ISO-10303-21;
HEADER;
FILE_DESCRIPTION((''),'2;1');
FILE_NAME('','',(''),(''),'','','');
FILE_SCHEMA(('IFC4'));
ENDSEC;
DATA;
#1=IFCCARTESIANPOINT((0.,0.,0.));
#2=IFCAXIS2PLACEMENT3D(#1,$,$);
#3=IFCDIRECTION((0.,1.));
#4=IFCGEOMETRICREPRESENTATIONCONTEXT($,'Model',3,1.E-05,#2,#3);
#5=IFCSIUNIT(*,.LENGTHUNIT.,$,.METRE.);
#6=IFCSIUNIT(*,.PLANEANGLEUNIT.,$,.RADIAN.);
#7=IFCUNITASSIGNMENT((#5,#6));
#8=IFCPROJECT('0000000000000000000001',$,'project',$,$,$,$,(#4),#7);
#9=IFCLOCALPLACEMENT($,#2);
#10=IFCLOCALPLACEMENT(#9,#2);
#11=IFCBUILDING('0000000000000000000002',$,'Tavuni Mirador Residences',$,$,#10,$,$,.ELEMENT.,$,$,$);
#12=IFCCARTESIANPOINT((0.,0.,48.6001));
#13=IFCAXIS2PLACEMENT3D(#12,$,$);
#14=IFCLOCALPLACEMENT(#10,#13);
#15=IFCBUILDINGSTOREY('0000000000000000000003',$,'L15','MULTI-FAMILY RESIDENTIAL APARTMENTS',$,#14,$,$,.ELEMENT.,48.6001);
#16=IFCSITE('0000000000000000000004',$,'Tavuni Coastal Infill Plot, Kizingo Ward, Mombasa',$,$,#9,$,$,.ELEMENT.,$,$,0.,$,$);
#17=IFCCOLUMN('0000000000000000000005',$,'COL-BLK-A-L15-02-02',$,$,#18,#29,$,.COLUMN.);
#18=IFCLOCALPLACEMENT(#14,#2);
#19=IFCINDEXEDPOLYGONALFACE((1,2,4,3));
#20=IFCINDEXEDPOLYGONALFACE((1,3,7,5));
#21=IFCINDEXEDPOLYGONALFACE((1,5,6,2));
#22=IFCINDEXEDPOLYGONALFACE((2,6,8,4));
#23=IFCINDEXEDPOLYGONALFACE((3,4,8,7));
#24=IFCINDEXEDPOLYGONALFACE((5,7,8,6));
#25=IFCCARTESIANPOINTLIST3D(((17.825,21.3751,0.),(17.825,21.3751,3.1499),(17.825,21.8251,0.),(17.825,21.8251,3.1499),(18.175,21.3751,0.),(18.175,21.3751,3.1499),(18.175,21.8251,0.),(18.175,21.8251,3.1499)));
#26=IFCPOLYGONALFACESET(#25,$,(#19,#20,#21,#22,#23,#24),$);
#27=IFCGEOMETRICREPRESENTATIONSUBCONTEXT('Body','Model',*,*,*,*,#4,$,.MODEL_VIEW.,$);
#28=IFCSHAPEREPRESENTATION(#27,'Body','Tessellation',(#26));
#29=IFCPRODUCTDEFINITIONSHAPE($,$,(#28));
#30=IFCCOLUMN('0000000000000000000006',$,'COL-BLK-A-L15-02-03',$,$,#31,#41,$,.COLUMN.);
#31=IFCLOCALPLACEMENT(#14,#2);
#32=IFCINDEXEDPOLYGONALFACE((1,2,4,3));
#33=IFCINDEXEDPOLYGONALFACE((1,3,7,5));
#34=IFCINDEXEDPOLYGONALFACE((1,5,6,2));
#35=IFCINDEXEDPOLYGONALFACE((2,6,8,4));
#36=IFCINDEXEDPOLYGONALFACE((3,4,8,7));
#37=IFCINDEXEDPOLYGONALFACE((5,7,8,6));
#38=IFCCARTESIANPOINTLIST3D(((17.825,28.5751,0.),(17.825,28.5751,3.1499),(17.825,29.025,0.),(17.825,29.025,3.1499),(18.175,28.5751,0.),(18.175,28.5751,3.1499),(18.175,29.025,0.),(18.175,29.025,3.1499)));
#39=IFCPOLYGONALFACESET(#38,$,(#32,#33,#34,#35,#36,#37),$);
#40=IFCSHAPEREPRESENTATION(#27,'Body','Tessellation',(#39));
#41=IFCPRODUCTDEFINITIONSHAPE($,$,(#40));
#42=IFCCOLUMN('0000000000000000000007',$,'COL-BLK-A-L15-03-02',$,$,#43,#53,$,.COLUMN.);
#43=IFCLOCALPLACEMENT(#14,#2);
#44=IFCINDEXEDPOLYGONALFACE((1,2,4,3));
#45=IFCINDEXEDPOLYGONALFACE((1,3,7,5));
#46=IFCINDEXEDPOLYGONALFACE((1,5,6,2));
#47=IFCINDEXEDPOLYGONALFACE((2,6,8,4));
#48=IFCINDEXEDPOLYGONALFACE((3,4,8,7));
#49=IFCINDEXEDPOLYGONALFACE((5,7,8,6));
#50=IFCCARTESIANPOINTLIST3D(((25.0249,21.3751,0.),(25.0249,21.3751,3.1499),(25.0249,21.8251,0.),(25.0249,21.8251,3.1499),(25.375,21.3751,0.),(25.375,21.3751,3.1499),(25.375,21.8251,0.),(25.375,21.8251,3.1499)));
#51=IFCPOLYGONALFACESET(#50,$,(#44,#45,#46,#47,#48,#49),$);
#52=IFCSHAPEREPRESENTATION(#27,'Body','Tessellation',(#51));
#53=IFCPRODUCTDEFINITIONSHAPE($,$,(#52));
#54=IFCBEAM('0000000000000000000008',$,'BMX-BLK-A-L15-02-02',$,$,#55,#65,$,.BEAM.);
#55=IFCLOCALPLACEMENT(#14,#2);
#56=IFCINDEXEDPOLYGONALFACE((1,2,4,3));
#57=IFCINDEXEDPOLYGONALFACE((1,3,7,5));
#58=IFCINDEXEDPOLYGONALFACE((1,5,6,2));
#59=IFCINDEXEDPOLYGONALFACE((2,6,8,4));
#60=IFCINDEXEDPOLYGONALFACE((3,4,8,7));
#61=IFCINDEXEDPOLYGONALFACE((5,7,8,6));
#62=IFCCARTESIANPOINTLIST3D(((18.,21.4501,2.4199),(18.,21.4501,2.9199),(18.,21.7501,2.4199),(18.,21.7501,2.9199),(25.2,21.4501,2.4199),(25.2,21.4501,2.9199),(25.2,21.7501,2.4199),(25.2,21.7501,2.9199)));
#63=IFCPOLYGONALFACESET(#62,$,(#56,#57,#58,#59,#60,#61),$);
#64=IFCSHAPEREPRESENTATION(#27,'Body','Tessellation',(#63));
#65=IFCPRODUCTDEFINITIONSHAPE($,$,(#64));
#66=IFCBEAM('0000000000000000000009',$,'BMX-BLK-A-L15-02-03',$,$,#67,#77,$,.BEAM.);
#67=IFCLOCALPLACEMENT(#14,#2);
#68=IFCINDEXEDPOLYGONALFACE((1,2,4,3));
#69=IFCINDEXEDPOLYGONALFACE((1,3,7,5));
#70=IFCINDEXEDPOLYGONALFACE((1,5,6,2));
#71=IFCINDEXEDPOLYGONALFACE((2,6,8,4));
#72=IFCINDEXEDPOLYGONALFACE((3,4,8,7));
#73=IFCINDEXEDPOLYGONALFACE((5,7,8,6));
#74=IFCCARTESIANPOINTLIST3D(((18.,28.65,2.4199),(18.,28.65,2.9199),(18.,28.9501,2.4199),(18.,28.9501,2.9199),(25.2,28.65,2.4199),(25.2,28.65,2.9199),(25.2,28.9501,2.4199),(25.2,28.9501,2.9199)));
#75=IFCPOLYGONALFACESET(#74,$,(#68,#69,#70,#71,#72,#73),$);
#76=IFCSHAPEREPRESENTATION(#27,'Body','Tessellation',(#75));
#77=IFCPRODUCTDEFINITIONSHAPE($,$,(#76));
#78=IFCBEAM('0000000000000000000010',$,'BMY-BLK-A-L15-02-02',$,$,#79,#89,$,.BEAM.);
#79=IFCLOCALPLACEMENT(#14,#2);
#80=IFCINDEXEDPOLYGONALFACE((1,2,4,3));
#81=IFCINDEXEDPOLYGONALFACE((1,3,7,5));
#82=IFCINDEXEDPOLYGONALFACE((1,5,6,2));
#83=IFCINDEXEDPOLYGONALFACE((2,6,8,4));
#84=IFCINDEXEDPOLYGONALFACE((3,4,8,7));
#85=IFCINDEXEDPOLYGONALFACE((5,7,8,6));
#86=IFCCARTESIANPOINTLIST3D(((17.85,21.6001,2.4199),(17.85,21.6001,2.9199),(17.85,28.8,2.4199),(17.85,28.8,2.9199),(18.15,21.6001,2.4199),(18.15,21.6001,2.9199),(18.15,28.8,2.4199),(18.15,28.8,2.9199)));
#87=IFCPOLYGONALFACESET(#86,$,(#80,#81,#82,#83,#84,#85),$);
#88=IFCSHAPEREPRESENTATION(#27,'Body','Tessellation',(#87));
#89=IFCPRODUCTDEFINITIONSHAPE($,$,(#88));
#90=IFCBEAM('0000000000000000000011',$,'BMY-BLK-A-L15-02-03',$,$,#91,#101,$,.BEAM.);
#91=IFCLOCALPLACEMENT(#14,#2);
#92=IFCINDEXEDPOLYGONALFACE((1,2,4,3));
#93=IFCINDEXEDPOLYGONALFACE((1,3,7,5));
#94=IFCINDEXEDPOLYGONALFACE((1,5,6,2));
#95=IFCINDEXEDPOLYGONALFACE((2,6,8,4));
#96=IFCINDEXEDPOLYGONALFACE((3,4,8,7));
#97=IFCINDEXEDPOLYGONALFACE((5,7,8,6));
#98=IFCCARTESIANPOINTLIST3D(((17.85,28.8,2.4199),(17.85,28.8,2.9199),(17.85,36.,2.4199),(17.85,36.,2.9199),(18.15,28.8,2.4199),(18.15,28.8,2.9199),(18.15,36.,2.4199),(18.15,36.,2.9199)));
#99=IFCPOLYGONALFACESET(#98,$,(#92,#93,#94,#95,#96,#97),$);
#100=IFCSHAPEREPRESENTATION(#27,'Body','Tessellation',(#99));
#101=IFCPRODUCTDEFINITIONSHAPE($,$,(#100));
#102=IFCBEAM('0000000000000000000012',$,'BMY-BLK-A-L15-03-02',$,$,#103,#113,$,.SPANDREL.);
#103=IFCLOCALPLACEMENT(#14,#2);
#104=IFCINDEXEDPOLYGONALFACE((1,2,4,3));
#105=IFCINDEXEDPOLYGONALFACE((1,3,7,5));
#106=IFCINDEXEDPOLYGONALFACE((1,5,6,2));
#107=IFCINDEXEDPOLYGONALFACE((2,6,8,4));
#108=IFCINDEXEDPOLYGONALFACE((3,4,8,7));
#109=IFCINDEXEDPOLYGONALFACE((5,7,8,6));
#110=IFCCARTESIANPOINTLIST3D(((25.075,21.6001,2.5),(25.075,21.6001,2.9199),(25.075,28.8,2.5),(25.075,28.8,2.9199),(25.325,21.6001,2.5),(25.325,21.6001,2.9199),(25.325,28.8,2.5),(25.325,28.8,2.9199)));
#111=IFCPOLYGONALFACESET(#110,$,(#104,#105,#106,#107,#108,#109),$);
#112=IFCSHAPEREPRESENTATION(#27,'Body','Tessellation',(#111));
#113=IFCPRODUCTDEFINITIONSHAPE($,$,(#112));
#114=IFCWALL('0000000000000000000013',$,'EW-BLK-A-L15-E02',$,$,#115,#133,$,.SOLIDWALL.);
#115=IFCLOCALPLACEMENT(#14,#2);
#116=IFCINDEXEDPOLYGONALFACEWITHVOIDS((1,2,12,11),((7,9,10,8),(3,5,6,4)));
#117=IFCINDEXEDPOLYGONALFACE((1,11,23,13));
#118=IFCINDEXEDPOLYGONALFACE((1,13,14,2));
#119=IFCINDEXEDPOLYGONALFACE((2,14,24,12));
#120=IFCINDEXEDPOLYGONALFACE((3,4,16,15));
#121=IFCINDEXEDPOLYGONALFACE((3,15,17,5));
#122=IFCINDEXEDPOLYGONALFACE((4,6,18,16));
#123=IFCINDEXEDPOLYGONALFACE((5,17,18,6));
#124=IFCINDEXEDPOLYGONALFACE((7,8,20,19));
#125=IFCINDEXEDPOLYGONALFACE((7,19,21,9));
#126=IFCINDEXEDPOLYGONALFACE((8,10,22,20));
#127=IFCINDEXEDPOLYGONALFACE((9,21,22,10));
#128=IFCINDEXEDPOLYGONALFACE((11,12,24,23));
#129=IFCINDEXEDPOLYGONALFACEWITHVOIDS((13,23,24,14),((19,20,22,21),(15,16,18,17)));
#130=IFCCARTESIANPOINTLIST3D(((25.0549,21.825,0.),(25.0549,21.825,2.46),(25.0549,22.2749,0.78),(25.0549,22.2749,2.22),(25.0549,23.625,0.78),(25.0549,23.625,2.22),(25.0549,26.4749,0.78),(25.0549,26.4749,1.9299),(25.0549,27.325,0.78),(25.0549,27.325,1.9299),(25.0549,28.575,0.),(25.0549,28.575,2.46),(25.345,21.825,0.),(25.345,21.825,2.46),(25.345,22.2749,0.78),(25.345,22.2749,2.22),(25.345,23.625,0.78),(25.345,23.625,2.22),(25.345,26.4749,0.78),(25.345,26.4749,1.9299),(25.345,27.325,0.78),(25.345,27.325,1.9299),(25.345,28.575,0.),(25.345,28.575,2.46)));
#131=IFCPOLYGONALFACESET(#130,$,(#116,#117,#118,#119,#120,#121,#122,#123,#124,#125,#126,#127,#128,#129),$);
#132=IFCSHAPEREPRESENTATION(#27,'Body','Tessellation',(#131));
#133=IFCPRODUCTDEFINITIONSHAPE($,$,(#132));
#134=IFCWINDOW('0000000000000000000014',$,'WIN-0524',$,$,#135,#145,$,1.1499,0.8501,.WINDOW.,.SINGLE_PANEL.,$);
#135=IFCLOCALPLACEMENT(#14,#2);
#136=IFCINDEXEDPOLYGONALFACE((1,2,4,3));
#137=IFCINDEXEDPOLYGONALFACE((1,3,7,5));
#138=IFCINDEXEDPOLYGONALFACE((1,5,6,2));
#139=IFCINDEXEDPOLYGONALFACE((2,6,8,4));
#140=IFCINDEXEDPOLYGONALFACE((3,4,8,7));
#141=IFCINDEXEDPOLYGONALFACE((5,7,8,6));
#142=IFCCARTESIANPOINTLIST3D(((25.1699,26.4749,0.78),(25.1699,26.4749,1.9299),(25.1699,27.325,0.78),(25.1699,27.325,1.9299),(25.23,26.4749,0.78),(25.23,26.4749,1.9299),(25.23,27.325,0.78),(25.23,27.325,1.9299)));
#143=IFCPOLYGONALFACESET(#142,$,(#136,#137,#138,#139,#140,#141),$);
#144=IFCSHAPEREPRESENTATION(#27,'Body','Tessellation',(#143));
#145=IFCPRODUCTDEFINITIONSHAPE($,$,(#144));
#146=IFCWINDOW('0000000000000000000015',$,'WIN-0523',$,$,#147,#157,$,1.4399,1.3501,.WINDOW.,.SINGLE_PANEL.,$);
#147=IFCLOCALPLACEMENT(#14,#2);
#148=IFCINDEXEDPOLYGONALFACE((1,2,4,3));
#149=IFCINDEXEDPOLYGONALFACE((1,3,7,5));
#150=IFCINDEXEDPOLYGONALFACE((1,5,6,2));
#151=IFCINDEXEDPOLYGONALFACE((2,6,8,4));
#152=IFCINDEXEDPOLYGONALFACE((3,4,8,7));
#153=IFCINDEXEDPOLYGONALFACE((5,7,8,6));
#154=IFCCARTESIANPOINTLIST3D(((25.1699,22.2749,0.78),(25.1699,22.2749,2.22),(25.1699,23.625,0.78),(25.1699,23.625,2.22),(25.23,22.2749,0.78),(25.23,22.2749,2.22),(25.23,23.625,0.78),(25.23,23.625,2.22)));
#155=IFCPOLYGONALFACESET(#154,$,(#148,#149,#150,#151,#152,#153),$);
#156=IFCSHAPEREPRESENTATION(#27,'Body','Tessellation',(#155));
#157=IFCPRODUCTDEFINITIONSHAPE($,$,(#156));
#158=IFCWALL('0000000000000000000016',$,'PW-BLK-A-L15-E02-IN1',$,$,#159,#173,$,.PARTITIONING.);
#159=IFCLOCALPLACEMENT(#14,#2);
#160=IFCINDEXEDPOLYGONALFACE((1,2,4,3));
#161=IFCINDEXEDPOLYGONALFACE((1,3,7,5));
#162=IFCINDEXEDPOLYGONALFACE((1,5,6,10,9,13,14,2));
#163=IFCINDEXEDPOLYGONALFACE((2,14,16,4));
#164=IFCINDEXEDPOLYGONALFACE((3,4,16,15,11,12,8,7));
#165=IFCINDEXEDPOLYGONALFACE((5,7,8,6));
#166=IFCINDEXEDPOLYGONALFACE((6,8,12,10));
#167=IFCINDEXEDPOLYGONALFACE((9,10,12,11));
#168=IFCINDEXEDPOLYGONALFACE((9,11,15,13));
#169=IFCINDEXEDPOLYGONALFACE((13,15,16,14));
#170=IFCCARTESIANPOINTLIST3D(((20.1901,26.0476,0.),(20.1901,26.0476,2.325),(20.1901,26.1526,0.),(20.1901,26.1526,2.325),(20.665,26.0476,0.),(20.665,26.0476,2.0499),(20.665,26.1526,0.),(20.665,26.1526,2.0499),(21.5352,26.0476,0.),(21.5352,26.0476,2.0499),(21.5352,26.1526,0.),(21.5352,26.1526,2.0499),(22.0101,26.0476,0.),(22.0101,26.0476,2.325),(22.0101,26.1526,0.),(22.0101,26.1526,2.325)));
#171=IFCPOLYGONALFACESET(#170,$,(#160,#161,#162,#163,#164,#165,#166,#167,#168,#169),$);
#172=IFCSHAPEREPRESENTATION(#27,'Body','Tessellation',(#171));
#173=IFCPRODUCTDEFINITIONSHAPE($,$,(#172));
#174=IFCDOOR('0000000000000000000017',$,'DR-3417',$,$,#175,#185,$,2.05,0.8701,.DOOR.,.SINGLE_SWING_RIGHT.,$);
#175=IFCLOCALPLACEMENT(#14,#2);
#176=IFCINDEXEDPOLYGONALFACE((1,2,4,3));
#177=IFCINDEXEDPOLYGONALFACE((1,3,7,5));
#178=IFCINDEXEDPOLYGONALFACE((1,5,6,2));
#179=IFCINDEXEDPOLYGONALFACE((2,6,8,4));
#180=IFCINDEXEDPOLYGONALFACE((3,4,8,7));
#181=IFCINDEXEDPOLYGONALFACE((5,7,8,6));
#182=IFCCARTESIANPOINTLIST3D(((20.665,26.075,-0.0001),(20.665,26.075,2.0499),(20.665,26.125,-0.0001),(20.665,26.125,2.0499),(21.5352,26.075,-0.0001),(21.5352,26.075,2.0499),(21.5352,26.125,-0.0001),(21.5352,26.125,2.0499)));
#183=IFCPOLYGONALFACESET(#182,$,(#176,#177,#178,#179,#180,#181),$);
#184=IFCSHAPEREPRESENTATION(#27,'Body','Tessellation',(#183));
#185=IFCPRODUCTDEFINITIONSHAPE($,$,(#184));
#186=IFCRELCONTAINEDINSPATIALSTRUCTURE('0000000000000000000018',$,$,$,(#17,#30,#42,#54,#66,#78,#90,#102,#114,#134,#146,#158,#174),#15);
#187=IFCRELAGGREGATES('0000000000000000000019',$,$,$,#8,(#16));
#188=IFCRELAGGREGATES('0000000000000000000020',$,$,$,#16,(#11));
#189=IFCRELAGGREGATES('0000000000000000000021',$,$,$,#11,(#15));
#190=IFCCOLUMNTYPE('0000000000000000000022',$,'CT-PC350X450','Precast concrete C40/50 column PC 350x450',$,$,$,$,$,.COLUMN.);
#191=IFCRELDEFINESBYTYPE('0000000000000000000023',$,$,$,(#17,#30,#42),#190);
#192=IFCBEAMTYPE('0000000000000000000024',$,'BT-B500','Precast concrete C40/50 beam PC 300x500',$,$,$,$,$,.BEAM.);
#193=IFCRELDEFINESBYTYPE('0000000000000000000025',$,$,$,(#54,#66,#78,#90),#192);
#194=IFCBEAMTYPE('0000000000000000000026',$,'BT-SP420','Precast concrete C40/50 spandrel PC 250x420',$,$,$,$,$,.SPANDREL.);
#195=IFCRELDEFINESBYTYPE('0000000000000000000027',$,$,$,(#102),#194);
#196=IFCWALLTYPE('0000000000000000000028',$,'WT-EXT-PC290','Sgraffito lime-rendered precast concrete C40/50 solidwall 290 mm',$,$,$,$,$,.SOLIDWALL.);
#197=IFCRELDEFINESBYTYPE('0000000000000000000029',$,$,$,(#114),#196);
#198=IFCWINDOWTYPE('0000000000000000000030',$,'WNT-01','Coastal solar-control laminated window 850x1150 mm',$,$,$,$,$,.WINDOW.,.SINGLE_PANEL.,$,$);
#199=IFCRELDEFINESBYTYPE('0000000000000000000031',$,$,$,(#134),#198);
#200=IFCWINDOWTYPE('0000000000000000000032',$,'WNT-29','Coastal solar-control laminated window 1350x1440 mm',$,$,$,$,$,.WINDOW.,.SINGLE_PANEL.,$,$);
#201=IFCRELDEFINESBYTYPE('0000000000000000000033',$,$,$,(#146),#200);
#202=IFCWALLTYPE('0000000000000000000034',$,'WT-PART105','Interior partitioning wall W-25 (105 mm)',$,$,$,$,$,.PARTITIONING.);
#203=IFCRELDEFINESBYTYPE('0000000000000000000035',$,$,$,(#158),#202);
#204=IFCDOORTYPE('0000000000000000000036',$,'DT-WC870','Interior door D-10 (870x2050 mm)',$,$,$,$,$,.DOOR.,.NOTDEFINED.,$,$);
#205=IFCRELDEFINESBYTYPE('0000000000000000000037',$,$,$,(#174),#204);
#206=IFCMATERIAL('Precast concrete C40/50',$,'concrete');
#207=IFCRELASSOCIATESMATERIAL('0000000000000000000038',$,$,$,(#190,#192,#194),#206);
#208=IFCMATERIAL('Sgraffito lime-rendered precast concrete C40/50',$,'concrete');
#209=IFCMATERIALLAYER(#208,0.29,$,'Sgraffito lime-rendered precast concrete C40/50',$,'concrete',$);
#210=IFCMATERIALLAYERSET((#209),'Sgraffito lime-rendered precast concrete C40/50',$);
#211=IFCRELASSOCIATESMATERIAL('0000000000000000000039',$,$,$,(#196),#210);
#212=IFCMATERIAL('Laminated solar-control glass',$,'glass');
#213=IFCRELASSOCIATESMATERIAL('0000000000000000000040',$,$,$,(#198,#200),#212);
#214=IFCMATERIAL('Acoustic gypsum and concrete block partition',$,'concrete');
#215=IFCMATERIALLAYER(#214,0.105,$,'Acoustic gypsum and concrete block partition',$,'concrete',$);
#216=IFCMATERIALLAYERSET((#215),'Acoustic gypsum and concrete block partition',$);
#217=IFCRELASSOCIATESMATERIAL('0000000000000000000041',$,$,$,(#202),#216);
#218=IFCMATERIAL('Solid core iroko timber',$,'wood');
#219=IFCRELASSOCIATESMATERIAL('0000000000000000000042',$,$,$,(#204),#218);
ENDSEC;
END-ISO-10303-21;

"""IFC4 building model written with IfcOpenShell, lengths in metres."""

from ifc_helpers import new_model, si_unit, direction, frame, frame_2d, origin, origin_2d, place, context, subcontext, project, spatial, rectangle, extrude, material, layer, layer_set, material_profile, profile_set, type_object, element, fill, save


model = new_model("IFC4")

# Units and contexts
model_context = context("Model", 3, precision=1e-05, world=origin(), true_north=direction((0.0, 1.0)))
body_context = subcontext(model_context, "Body", "Model", "MODEL_VIEW")
ifc_project = project(units=[si_unit("LENGTHUNIT", "METRE"), si_unit("PLANEANGLEUNIT", "RADIAN")], contexts=[model_context])

# Site, building, storey
site_placement = place(None, origin())
site = spatial("IfcSite", under=ifc_project, at=site_placement, Name="Tavuni Coastal Infill Plot, Kizingo Ward, Mombasa", CompositionType="ELEMENT", RefElevation=0.0)
building_placement = place(site_placement, origin())
building = spatial("IfcBuilding", under=site, at=building_placement, Name="Tavuni Mirador Residences", CompositionType="ELEMENT")
storey_placement = place(building_placement, frame((0.0, 0.0, 48.6001)))
storey = spatial("IfcBuildingStorey", under=building, at=storey_placement, Name="L15", Description="MULTI-FAMILY RESIDENTIAL APARTMENTS", CompositionType="ELEMENT", Elevation=48.6001)

# Columns
ifc_material_1 = material(Name="Precast concrete C40/50", Category="concrete")
ifc_material_profile_1 = material_profile(ifc_material_1, rectangle(XDim=0.3501, YDim=0.45, at=origin_2d()), Name="PC 350x450", Category="concrete")
ifc_profile_set_1 = profile_set([ifc_material_profile_1], Name="Precast concrete C40/50")
column_type = type_object("IfcColumnType", Name="CT-PC350X450", Description="Precast concrete C40/50 column PC 350x450", PredefinedType="COLUMN", material=ifc_profile_set_1)
for number, where, z_axis, x_axis, name in (
    (1, (18.0, 21.6001, 0.0), (0.0, 0.0, 1.0), (1.0, 0.0, 0.0), "COL-BLK-A-L15-02-02"),
    (2, (18.0, 28.8, 0.0), (0.0, 0.0, 1.0), (1.0, 0.0, 0.0), "COL-BLK-A-L15-02-03"),
    (3, (25.2, 21.6001, 0.0), (0.0, 0.0, 1.0), (1.0, 0.0, 0.0), "COL-BLK-A-L15-03-02"),
):
    element("IfcColumn", number, at=place(storey_placement, frame(where, z_axis=z_axis, x_axis=x_axis)), inside=storey, type_object=column_type, Name=name, PredefinedType="COLUMN", context=body_context, shape_type="SweptSolid", body=[
        extrude(rectangle(XDim=0.3501, YDim=0.45, at=origin_2d()), origin(), (0.0, 0.0, 1.0), 3.1499),
    ])

# Beams
ifc_material_profile_2 = material_profile(ifc_material_1, rectangle(XDim=0.3, YDim=0.5, at=origin_2d()), Name="PC 300x500", Category="concrete")
ifc_profile_set_2 = profile_set([ifc_material_profile_2], Name="Precast concrete C40/50")
beam_type_1 = type_object("IfcBeamType", Name="BT-B500", Description="Precast concrete C40/50 beam PC 300x500", PredefinedType="BEAM", material=ifc_profile_set_2)
for number, where, z_axis, x_axis, name in (
    (4, (18.0, 21.6001, 2.6699), (1.0, 0.0, 0.0), (0.0, 1.0, 0.0), "BMX-BLK-A-L15-02-02"),
    (5, (18.0, 28.8, 2.6699), (1.0, 0.0, 0.0), (0.0, 1.0, 0.0), "BMX-BLK-A-L15-02-03"),
    (6, (18.0, 21.6001, 2.6699), (0.0, 1.0, 0.0), (-1.0, 0.0, 0.0), "BMY-BLK-A-L15-02-02"),
    (7, (18.0, 28.8, 2.6699), (0.0, 1.0, 0.0), (-1.0, 0.0, 0.0), "BMY-BLK-A-L15-02-03"),
):
    element("IfcBeam", number, at=place(storey_placement, frame(where, z_axis=z_axis, x_axis=x_axis)), inside=storey, type_object=beam_type_1, Name=name, PredefinedType="BEAM", context=body_context, shape_type="SweptSolid", body=[
        extrude(rectangle(XDim=0.3, YDim=0.5, at=origin_2d()), origin(), (0.0, 0.0, 1.0), 7.2),
    ])
ifc_material_profile_3 = material_profile(ifc_material_1, rectangle(XDim=0.25, YDim=0.4199, at=origin_2d()), Name="PC 250x420", Category="concrete")
ifc_profile_set_3 = profile_set([ifc_material_profile_3], Name="Precast concrete C40/50")
beam_type_2 = type_object("IfcBeamType", Name="BT-SP420", Description="Precast concrete C40/50 spandrel PC 250x420", PredefinedType="SPANDREL", material=ifc_profile_set_3)
beam_placement = place(storey_placement, frame((25.2, 21.6001, 2.71), z_axis=(0.0, 1.0, 0.0), x_axis=(-1.0, 0.0, 0.0)))
element("IfcBeam", 8, at=beam_placement, inside=storey, type_object=beam_type_2, Name="BMY-BLK-A-L15-03-02", PredefinedType="SPANDREL", context=body_context, shape_type="SweptSolid", body=[
    extrude(rectangle(XDim=0.25, YDim=0.4199, at=origin_2d()), origin(), (0.0, 0.0, 1.0), 7.2),
])

# Shared definitions
ifc_material_2 = material(Name="Solid core iroko timber", Category="wood")

# Wall, openings, windows
ifc_material_3 = material(Name="Sgraffito lime-rendered precast concrete C40/50", Category="concrete")
ifc_layer_1 = layer(ifc_material_3, 0.29, Name="Sgraffito lime-rendered precast concrete C40/50", Category="concrete")
ifc_layer_set_1 = layer_set([ifc_layer_1], Name="Sgraffito lime-rendered precast concrete C40/50")
wall_type_1 = type_object("IfcWallType", Name="WT-EXT-PC290", Description="Sgraffito lime-rendered precast concrete C40/50 solidwall 290 mm", PredefinedType="SOLIDWALL", material=ifc_layer_set_1)
wall_1_placement = place(storey_placement, frame((25.2, 21.825, 0.0), z_axis=(0.0, 0.0, 1.0), x_axis=(0.0, 1.0, 0.0)))
wall_1 = element("IfcWall", 9, at=wall_1_placement, inside=storey, type_object=wall_type_1, Name="EW-BLK-A-L15-E02", PredefinedType="SOLIDWALL", context=body_context, shape_type="SweptSolid", body=[
    extrude(rectangle(XDim=6.75, YDim=0.29, at=frame_2d((3.375, 0.0))), origin(), (0.0, 0.0, 1.0), 2.46),
])
opening_1_placement = place(wall_1_placement, frame((0.45, 0.0, 0.78)))
opening_1 = element("IfcOpeningElement", 10, at=opening_1_placement, cuts=wall_1, PredefinedType="OPENING", context=body_context, shape_type="SweptSolid", body=[
    extrude(rectangle(XDim=1.3501, YDim=1.4399, at=frame_2d((0.675, 0.72))), frame((0.0, 0.155, 0.0), z_axis=(0.0, -1.0, 0.0), x_axis=(1.0, 0.0, 0.0)), (0.0, 0.0, 1.0), 0.3101),
])
opening_2_placement = place(wall_1_placement, frame((4.6499, 0.0, 0.78)))
opening_2 = element("IfcOpeningElement", 11, at=opening_2_placement, cuts=wall_1, PredefinedType="OPENING", context=body_context, shape_type="SweptSolid", body=[
    extrude(rectangle(XDim=0.8501, YDim=1.1499, at=frame_2d((0.425, 0.575))), frame((0.0, 0.155, 0.0), z_axis=(0.0, -1.0, 0.0), x_axis=(1.0, 0.0, 0.0)), (0.0, 0.0, 1.0), 0.3101),
])
ifc_material_4 = material(Name="Laminated solar-control glass", Category="glass")
window_type_1 = type_object("IfcWindowType", Name="WNT-01", Description="Coastal solar-control laminated window 850x1150 mm", PartitioningType="SINGLE_PANEL", PredefinedType="WINDOW", material=ifc_material_4)
window_1_placement = place(opening_2_placement, origin())
window_1 = element("IfcWindow", 12, at=window_1_placement, inside=storey, type_object=window_type_1, Name="WIN-0524", OverallHeight=1.1499, OverallWidth=0.8501, PartitioningType="SINGLE_PANEL", PredefinedType="WINDOW", context=body_context, shape_type="SweptSolid", body=[
    extrude(rectangle(XDim=0.8501, YDim=1.1499, at=frame_2d((0.425, 0.575))), frame((0.0, 0.03, 0.0), z_axis=(0.0, -1.0, 0.0), x_axis=(1.0, 0.0, 0.0)), (0.0, 0.0, 1.0), 0.0601),
])
fill(opening_2, window_1)
window_type_2 = type_object("IfcWindowType", Name="WNT-29", Description="Coastal solar-control laminated window 1350x1440 mm", PartitioningType="SINGLE_PANEL", PredefinedType="WINDOW", material=ifc_material_4)
window_2_placement = place(opening_1_placement, origin())
window_2 = element("IfcWindow", 13, at=window_2_placement, inside=storey, type_object=window_type_2, Name="WIN-0523", OverallHeight=1.4399, OverallWidth=1.3501, PartitioningType="SINGLE_PANEL", PredefinedType="WINDOW", context=body_context, shape_type="SweptSolid", body=[
    extrude(rectangle(XDim=1.3501, YDim=1.4399, at=frame_2d((0.675, 0.72))), frame((0.0, 0.03, 0.0), z_axis=(0.0, -1.0, 0.0), x_axis=(1.0, 0.0, 0.0)), (0.0, 0.0, 1.0), 0.0601),
])
fill(opening_1, window_2)

# Wall, opening, door
ifc_material_5 = material(Name="Acoustic gypsum and concrete block partition", Category="concrete")
ifc_layer_2 = layer(ifc_material_5, 0.105, Name="Acoustic gypsum and concrete block partition", Category="concrete")
ifc_layer_set_2 = layer_set([ifc_layer_2], Name="Acoustic gypsum and concrete block partition")
wall_type_2 = type_object("IfcWallType", Name="WT-PART105", Description="Interior partitioning wall W-25 (105 mm)", PredefinedType="PARTITIONING", material=ifc_layer_set_2)
wall_2_placement = place(storey_placement, frame((20.1899, 26.1001, 0.0), z_axis=(0.0, 0.0, 1.0), x_axis=(1.0, 0.0, 0.0)))
wall_2 = element("IfcWall", 14, at=wall_2_placement, inside=storey, type_object=wall_type_2, Name="PW-BLK-A-L15-E02-IN1", PredefinedType="PARTITIONING", context=body_context, shape_type="SweptSolid", body=[
    extrude(rectangle(XDim=1.8201, YDim=0.105, at=frame_2d((0.9102, 0.0))), origin(), (0.0, 0.0, 1.0), 2.325),
])
opening_3_placement = place(wall_2_placement, frame((0.4751, 0.0, 0.0)))
opening_3 = element("IfcOpeningElement", 15, at=opening_3_placement, cuts=wall_2, PredefinedType="OPENING", context=body_context, shape_type="SweptSolid", body=[
    extrude(rectangle(XDim=0.8701, YDim=2.05, at=frame_2d((0.4351, 1.0249))), frame((0.0, 0.0625, 0.0), z_axis=(0.0, -1.0, 0.0), x_axis=(1.0, 0.0, 0.0)), (0.0, 0.0, 1.0), 0.125),
])
door_type_1 = type_object("IfcDoorType", Name="DT-WC870", Description="Interior door D-10 (870x2050 mm)", OperationType="NOTDEFINED", PredefinedType="DOOR", material=ifc_material_2)
door_1_placement = place(opening_3_placement, origin())
door_1 = element("IfcDoor", 16, at=door_1_placement, inside=storey, type_object=door_type_1, Name="DR-3417", OperationType="SINGLE_SWING_RIGHT", OverallHeight=2.05, OverallWidth=0.8701, PredefinedType="DOOR", context=body_context, shape_type="SweptSolid", body=[
    extrude(rectangle(XDim=0.8701, YDim=2.05, at=frame_2d((0.4351, 1.0249))), frame((0.0, 0.0249, 0.0), z_axis=(0.0, -1.0, 0.0), x_axis=(1.0, 0.0, 0.0)), (0.0, 0.0, 1.0), 0.05),
])
fill(opening_3, door_1)

save(model, "model.ifc")
